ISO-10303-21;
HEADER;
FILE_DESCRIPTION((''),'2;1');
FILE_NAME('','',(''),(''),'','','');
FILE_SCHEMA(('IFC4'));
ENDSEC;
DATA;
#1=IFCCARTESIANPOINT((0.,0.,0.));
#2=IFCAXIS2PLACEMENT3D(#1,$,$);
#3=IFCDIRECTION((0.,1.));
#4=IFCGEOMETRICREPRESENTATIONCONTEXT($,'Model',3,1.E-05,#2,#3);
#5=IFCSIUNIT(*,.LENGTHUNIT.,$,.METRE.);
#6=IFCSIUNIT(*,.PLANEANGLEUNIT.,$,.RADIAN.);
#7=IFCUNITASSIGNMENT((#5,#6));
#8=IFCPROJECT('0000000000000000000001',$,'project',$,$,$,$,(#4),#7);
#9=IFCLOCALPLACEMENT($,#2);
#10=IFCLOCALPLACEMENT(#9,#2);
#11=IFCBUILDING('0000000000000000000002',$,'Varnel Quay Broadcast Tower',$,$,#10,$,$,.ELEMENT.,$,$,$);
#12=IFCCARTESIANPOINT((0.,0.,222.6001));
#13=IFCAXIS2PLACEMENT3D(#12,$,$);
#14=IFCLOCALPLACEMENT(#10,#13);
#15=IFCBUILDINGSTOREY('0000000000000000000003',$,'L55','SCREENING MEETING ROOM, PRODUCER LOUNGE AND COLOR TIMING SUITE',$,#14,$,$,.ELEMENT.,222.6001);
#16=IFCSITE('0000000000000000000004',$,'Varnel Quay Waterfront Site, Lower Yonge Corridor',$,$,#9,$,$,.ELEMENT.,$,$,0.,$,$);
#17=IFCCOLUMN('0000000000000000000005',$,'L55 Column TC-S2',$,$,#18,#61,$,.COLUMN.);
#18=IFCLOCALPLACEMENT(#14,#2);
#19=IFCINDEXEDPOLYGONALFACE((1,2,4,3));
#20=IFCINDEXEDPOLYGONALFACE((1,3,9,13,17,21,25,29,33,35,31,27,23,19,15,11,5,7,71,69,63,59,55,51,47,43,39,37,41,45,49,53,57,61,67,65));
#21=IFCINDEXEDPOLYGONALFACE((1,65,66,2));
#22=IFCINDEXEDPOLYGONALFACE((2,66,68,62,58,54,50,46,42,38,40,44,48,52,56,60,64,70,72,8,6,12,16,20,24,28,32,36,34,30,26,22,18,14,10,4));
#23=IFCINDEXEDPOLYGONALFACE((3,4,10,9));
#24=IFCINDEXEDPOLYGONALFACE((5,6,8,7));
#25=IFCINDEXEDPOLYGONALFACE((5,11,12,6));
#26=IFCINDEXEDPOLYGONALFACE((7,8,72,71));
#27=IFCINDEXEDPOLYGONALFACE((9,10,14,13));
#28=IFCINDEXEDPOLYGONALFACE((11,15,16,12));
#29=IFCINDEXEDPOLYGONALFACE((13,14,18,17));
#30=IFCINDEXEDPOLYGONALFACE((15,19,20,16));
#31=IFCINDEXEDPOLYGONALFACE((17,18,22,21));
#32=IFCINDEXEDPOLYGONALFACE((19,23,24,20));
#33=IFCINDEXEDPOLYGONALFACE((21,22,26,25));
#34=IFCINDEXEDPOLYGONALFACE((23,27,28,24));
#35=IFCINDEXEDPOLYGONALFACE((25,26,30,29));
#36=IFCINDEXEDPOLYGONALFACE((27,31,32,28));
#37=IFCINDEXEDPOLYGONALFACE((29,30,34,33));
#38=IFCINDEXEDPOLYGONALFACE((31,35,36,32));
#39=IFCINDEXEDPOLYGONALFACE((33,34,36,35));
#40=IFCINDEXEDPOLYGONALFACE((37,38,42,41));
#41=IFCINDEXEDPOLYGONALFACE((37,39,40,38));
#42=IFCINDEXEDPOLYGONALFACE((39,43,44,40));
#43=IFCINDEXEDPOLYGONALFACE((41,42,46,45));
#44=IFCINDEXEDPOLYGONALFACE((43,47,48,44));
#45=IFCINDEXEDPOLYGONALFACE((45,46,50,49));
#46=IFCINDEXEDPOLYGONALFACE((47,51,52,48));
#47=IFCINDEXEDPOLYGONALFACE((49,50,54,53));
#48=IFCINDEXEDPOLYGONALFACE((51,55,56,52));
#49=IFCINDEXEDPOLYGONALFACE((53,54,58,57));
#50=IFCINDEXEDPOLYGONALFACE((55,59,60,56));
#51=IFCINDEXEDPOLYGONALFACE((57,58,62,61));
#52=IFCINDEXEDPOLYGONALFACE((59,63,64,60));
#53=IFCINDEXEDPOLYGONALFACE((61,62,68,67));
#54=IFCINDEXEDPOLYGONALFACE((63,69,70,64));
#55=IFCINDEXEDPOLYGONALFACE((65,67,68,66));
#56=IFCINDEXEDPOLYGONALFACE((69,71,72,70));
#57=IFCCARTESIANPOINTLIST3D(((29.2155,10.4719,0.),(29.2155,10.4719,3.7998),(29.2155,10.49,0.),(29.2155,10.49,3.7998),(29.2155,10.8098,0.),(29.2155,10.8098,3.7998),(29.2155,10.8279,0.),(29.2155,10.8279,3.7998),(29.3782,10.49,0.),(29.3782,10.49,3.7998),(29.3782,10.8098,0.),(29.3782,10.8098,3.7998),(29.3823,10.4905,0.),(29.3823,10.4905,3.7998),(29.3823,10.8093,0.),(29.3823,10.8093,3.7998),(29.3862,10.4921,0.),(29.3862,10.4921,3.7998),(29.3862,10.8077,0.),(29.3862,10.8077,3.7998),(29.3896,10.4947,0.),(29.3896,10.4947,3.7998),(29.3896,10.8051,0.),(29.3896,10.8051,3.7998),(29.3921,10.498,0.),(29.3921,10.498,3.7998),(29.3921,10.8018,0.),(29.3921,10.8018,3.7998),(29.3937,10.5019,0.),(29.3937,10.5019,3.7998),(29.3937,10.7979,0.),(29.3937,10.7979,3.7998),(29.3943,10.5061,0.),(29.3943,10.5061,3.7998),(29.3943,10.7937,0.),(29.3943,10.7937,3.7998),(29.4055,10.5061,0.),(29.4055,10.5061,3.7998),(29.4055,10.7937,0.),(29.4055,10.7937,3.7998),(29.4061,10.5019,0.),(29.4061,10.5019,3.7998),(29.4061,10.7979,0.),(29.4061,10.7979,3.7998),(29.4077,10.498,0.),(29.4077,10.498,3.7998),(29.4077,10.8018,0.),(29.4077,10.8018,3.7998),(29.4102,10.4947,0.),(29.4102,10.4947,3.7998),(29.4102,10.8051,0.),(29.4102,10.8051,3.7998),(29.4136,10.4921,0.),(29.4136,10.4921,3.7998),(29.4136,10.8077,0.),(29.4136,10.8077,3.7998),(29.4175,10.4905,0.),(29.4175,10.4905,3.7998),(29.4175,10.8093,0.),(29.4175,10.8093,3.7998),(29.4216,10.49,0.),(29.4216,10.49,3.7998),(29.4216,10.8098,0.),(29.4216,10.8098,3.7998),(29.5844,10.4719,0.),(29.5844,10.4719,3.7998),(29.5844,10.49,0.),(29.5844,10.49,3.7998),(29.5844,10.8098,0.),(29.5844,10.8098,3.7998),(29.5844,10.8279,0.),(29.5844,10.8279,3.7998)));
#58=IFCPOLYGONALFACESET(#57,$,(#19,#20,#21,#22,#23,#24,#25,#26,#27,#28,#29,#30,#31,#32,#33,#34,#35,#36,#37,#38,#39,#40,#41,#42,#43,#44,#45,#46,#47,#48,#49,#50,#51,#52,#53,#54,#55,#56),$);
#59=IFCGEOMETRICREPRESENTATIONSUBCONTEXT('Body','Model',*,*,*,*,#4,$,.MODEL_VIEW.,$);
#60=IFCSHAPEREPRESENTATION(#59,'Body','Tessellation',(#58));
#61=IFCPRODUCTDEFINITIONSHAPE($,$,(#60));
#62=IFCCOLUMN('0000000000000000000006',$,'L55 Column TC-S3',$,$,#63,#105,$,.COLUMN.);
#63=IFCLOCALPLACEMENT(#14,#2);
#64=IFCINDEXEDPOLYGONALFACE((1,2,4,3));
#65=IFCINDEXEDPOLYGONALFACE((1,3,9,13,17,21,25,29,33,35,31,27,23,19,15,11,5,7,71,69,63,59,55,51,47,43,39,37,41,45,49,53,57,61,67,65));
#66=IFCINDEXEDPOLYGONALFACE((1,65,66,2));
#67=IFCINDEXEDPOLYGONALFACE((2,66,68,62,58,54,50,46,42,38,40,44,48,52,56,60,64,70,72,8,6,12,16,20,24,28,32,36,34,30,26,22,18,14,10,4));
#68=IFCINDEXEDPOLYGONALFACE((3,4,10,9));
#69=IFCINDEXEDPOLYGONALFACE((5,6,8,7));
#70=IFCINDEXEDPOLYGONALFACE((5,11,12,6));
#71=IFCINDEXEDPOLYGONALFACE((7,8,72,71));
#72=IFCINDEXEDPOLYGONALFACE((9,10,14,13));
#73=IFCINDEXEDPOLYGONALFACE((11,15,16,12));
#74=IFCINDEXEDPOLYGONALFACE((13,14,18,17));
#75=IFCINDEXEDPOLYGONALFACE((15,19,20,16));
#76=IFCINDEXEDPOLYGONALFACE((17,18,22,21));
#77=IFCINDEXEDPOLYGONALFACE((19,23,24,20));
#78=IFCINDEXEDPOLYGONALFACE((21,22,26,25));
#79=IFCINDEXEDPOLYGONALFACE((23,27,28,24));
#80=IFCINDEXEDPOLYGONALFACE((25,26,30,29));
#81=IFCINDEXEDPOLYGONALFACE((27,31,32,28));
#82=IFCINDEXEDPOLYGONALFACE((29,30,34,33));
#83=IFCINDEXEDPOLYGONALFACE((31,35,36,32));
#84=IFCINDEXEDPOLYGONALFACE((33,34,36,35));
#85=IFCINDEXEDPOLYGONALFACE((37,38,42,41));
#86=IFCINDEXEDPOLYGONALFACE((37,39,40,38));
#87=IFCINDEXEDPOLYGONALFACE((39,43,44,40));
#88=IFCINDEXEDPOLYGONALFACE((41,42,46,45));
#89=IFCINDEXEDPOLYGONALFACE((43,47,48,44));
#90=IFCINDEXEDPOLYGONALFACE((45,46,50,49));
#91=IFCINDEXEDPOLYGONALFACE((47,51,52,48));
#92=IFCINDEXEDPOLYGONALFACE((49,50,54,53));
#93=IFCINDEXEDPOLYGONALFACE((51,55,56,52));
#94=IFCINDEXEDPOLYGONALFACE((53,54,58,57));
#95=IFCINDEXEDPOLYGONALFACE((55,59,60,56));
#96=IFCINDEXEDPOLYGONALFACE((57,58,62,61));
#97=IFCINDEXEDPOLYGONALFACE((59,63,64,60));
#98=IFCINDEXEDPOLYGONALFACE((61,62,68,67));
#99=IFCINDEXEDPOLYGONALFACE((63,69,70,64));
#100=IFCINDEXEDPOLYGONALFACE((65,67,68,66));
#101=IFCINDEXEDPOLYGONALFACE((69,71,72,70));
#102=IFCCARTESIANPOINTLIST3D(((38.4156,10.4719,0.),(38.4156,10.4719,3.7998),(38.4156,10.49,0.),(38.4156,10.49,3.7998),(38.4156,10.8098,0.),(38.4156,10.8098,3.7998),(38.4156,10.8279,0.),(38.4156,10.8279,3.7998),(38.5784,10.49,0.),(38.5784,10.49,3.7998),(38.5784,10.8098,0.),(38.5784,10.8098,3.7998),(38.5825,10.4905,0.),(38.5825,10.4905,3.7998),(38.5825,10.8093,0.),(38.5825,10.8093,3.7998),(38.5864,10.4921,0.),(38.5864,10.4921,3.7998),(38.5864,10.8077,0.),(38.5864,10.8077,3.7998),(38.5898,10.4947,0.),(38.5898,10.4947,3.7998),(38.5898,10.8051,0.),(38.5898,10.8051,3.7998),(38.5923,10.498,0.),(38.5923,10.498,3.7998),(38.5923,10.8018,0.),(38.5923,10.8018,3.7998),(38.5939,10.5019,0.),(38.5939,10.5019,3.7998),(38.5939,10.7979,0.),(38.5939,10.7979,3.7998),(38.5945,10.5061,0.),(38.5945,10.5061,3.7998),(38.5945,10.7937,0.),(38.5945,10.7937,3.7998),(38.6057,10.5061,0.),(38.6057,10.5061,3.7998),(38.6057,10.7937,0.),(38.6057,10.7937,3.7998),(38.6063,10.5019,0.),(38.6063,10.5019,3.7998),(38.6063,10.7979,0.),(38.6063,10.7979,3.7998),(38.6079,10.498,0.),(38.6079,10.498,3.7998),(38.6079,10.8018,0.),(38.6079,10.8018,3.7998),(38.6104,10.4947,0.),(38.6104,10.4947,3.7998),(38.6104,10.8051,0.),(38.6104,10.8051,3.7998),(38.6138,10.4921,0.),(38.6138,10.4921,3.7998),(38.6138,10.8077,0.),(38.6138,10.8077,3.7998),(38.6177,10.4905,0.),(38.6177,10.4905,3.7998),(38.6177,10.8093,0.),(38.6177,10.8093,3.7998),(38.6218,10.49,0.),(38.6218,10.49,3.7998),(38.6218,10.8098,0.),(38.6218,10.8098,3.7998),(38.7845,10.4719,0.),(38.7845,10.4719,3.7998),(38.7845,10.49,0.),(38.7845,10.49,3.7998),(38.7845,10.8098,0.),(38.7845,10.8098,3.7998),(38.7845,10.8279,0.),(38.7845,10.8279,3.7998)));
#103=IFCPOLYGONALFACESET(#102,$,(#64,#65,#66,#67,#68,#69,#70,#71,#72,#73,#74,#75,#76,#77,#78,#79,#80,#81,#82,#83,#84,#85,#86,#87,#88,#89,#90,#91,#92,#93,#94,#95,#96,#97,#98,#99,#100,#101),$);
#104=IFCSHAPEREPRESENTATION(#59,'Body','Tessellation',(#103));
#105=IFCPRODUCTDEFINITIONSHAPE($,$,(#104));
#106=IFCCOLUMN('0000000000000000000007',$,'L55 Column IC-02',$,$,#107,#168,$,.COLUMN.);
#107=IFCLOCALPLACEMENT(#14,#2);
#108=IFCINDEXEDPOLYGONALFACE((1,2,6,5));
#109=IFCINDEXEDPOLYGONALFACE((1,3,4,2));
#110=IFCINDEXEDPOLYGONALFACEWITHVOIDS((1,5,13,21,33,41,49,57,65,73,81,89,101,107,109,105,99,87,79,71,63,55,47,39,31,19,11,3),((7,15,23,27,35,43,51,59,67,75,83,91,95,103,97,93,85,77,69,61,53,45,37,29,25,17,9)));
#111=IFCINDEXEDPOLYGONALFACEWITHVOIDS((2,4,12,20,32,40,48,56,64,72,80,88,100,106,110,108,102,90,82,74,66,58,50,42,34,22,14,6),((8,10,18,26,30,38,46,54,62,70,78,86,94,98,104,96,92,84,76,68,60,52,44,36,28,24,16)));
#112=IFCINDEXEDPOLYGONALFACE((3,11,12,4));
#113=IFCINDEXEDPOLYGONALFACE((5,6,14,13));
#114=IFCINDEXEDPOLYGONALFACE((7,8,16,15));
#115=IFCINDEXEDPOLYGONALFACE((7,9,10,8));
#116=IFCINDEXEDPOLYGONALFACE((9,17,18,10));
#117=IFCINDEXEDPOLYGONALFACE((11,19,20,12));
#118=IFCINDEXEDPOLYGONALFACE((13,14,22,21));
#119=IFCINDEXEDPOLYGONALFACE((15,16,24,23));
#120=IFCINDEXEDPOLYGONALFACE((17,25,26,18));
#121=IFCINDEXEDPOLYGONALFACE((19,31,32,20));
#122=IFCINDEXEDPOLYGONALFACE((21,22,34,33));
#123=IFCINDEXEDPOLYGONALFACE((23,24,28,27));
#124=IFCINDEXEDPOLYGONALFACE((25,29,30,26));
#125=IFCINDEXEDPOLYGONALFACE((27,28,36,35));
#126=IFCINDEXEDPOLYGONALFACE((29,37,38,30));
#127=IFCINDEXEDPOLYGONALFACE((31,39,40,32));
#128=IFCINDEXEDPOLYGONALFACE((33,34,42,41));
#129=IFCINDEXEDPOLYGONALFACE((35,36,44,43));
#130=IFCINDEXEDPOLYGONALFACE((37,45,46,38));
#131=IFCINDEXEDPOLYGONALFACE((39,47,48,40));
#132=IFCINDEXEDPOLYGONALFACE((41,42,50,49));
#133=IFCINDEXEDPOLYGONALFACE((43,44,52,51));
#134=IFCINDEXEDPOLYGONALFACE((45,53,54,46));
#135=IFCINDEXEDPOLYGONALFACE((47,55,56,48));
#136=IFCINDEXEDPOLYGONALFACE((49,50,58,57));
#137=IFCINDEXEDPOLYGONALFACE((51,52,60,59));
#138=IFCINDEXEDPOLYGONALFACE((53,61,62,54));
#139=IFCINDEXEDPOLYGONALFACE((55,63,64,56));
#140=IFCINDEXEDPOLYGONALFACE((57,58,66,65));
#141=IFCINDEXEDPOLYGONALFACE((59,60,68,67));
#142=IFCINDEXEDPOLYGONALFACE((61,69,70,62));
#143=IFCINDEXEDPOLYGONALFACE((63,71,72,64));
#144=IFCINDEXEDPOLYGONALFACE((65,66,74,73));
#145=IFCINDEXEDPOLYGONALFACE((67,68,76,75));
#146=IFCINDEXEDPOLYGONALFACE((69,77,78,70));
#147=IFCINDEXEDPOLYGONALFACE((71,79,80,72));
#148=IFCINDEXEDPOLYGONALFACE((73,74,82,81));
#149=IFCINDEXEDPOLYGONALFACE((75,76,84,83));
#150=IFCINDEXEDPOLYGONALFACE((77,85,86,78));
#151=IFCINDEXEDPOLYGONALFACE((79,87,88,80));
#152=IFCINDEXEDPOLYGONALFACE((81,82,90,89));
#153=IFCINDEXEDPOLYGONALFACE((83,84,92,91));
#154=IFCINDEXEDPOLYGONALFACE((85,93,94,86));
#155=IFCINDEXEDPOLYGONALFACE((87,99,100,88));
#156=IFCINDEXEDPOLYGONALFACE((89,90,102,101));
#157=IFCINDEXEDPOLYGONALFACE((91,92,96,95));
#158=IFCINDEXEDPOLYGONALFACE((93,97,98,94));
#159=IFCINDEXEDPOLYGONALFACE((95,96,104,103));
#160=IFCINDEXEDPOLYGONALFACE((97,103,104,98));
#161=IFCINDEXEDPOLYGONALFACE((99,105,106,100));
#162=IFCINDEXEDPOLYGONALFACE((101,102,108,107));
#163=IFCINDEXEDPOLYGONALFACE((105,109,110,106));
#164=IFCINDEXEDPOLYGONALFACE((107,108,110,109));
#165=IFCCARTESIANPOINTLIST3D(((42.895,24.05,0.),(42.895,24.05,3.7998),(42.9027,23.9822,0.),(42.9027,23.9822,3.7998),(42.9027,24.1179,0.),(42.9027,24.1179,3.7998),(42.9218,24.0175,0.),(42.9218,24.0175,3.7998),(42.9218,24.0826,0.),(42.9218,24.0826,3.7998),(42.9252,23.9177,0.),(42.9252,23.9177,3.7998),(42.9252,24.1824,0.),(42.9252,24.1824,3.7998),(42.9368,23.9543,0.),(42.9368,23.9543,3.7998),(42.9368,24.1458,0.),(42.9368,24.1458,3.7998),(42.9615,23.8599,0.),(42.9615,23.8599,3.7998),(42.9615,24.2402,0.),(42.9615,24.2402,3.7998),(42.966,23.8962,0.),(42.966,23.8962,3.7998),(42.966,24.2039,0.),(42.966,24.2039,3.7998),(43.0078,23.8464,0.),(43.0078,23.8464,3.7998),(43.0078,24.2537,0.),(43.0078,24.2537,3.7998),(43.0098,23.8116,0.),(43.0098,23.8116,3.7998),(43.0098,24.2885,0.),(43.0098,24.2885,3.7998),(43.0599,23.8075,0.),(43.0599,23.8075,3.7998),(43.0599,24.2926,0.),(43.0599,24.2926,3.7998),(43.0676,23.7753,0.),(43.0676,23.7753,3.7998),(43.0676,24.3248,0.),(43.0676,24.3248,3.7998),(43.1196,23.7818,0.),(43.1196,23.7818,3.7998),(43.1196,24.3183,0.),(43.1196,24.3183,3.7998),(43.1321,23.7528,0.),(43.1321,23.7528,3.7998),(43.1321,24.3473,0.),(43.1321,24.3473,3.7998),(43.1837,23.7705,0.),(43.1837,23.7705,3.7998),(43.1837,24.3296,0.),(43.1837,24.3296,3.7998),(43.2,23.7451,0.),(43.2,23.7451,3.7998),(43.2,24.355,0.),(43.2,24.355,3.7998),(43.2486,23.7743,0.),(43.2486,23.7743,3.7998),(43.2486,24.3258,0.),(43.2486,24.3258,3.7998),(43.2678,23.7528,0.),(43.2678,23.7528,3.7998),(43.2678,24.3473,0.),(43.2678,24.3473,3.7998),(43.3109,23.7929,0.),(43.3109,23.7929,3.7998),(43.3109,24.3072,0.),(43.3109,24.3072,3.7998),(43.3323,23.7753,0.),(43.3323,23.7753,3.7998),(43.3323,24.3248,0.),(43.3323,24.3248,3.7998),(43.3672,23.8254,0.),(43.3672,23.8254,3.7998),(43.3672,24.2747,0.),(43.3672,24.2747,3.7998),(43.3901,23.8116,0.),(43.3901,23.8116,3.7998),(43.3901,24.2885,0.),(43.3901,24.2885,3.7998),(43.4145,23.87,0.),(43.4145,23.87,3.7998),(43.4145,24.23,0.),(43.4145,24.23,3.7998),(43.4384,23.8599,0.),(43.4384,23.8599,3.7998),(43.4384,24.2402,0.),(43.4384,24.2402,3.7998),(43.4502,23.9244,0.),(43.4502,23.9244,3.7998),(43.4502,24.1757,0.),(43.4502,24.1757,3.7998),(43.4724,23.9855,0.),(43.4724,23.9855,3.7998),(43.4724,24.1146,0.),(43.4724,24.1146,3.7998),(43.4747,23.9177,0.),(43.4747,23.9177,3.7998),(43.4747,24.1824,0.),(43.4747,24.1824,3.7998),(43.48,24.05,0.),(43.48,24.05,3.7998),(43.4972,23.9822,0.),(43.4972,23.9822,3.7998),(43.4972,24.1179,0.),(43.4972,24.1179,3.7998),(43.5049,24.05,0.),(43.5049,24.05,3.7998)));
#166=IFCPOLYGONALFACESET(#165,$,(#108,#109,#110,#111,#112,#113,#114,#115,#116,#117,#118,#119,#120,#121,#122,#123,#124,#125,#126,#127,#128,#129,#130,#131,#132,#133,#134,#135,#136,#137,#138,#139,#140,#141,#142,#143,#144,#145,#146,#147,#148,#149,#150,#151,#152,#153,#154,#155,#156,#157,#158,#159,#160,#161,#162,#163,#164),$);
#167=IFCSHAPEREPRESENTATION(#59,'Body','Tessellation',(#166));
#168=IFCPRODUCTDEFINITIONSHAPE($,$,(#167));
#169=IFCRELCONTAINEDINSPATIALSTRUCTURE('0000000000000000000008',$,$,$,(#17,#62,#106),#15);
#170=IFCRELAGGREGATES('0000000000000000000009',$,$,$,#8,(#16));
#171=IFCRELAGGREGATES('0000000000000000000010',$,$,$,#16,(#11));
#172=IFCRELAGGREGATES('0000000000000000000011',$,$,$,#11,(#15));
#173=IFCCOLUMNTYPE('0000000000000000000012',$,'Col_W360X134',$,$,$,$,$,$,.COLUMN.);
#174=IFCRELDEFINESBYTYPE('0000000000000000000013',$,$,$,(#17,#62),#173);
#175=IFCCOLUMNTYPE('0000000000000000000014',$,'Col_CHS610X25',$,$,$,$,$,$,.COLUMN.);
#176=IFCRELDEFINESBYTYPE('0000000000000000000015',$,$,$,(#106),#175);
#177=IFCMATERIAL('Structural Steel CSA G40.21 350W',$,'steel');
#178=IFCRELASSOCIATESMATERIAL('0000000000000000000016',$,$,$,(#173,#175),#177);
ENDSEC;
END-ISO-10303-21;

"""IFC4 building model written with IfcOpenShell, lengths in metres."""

from ifc_helpers import new_model, si_unit, direction, frame, origin, origin_2d, place, context, subcontext, project, spatial, hollow_circle, i_section, extrude, source, transform, mapped, material, material_profile, profile_set, type_object, type_shapes, element, save


model = new_model("IFC4")

# Units and contexts
model_context = context("Model", 3, precision=1e-05, world=origin(), true_north=direction((0.0, 1.0)))
body_context = subcontext(model_context, "Body", "Model", "MODEL_VIEW")
ifc_project = project(units=[si_unit("LENGTHUNIT", "METRE"), si_unit("PLANEANGLEUNIT", "RADIAN")], contexts=[model_context])

# Site, building, storey
site_placement = place(None, origin())
site = spatial("IfcSite", under=ifc_project, at=site_placement, Name="Varnel Quay Waterfront Site, Lower Yonge Corridor", CompositionType="ELEMENT", RefElevation=0.0)
building_placement = place(site_placement, origin())
building = spatial("IfcBuilding", under=site, at=building_placement, Name="Varnel Quay Broadcast Tower", CompositionType="ELEMENT")
storey_placement = place(building_placement, frame((0.0, 0.0, 222.6001)))
storey = spatial("IfcBuildingStorey", under=building, at=storey_placement, Name="L55", Description="SCREENING MEETING ROOM, PRODUCER LOUNGE AND COLOR TIMING SUITE", CompositionType="ELEMENT", Elevation=222.6001)

# Columns
ifc_material_1 = material(Name="Structural Steel CSA G40.21 350W", Category="steel")
ifc_material_profile_1 = material_profile(ifc_material_1, i_section(OverallWidth=0.3689, OverallDepth=0.356, WebThickness=0.0112, FlangeThickness=0.0181, FilletRadius=0.0161, at=origin_2d()), Name="W360X134")
ifc_profile_set_1 = profile_set([ifc_material_profile_1], Name="Structural Steel CSA G40.21 350W")
column_type_1 = type_object("IfcColumnType", Name="Col_W360X134", PredefinedType="COLUMN", material=ifc_profile_set_1)
shared_shape_1 = source(origin(), body_context, "Body", "SweptSolid", [
    extrude(i_section(OverallWidth=0.3689, OverallDepth=0.356, WebThickness=0.0112, FlangeThickness=0.0181, FilletRadius=0.0161, at=origin_2d()), origin(), (0.0, 0.0, 1.0), 3.7998),
])
type_shapes(column_type_1, [shared_shape_1])
for number, where, z_axis, x_axis, name in (
    (1, (29.3999, 10.6499, 0.0), (0.0, 0.0, 1.0), (1.0, 0.0, 0.0), "L55 Column TC-S2"),
    (2, (38.6001, 10.6499, 0.0), (0.0, 0.0, 1.0), (1.0, 0.0, 0.0), "L55 Column TC-S3"),
):
    element("IfcColumn", number, at=place(storey_placement, frame(where, z_axis=z_axis, x_axis=x_axis)), inside=storey, type_object=column_type_1, Name=name, PredefinedType="COLUMN", context=body_context, shape_type="MappedRepresentation", body=[
        mapped(shared_shape_1, transform((0.0, 0.0, 0.0), x_axis=(1.0, 0.0, 0.0), y_axis=(0.0, 1.0, 0.0), z_axis=(0.0, 0.0, 1.0), scale=1.0)),
    ])
ifc_material_profile_2 = material_profile(ifc_material_1, hollow_circle(Radius=0.3049, WallThickness=0.0249, at=origin_2d()), Name="CHS610X25")
ifc_profile_set_2 = profile_set([ifc_material_profile_2], Name="Structural Steel CSA G40.21 350W")
column_type_2 = type_object("IfcColumnType", Name="Col_CHS610X25", PredefinedType="COLUMN", material=ifc_profile_set_2)
shared_shape_2 = source(origin(), body_context, "Body", "SweptSolid", [
    extrude(hollow_circle(Radius=0.3049, WallThickness=0.0249, at=origin_2d()), origin(), (0.0, 0.0, 1.0), 3.7998),
])
type_shapes(column_type_2, [shared_shape_2])
column_placement = place(storey_placement, frame((43.2, 24.05, 0.0), z_axis=(0.0, 0.0, 1.0), x_axis=(1.0, 0.0, 0.0)))
element("IfcColumn", 3, at=column_placement, inside=storey, type_object=column_type_2, Name="L55 Column IC-02", PredefinedType="COLUMN", context=body_context, shape_type="MappedRepresentation", body=[
    mapped(shared_shape_2, transform((0.0, 0.0, 0.0), x_axis=(1.0, 0.0, 0.0), y_axis=(0.0, 1.0, 0.0), z_axis=(0.0, 0.0, 1.0), scale=1.0)),
])

save(model, "model.ifc")
